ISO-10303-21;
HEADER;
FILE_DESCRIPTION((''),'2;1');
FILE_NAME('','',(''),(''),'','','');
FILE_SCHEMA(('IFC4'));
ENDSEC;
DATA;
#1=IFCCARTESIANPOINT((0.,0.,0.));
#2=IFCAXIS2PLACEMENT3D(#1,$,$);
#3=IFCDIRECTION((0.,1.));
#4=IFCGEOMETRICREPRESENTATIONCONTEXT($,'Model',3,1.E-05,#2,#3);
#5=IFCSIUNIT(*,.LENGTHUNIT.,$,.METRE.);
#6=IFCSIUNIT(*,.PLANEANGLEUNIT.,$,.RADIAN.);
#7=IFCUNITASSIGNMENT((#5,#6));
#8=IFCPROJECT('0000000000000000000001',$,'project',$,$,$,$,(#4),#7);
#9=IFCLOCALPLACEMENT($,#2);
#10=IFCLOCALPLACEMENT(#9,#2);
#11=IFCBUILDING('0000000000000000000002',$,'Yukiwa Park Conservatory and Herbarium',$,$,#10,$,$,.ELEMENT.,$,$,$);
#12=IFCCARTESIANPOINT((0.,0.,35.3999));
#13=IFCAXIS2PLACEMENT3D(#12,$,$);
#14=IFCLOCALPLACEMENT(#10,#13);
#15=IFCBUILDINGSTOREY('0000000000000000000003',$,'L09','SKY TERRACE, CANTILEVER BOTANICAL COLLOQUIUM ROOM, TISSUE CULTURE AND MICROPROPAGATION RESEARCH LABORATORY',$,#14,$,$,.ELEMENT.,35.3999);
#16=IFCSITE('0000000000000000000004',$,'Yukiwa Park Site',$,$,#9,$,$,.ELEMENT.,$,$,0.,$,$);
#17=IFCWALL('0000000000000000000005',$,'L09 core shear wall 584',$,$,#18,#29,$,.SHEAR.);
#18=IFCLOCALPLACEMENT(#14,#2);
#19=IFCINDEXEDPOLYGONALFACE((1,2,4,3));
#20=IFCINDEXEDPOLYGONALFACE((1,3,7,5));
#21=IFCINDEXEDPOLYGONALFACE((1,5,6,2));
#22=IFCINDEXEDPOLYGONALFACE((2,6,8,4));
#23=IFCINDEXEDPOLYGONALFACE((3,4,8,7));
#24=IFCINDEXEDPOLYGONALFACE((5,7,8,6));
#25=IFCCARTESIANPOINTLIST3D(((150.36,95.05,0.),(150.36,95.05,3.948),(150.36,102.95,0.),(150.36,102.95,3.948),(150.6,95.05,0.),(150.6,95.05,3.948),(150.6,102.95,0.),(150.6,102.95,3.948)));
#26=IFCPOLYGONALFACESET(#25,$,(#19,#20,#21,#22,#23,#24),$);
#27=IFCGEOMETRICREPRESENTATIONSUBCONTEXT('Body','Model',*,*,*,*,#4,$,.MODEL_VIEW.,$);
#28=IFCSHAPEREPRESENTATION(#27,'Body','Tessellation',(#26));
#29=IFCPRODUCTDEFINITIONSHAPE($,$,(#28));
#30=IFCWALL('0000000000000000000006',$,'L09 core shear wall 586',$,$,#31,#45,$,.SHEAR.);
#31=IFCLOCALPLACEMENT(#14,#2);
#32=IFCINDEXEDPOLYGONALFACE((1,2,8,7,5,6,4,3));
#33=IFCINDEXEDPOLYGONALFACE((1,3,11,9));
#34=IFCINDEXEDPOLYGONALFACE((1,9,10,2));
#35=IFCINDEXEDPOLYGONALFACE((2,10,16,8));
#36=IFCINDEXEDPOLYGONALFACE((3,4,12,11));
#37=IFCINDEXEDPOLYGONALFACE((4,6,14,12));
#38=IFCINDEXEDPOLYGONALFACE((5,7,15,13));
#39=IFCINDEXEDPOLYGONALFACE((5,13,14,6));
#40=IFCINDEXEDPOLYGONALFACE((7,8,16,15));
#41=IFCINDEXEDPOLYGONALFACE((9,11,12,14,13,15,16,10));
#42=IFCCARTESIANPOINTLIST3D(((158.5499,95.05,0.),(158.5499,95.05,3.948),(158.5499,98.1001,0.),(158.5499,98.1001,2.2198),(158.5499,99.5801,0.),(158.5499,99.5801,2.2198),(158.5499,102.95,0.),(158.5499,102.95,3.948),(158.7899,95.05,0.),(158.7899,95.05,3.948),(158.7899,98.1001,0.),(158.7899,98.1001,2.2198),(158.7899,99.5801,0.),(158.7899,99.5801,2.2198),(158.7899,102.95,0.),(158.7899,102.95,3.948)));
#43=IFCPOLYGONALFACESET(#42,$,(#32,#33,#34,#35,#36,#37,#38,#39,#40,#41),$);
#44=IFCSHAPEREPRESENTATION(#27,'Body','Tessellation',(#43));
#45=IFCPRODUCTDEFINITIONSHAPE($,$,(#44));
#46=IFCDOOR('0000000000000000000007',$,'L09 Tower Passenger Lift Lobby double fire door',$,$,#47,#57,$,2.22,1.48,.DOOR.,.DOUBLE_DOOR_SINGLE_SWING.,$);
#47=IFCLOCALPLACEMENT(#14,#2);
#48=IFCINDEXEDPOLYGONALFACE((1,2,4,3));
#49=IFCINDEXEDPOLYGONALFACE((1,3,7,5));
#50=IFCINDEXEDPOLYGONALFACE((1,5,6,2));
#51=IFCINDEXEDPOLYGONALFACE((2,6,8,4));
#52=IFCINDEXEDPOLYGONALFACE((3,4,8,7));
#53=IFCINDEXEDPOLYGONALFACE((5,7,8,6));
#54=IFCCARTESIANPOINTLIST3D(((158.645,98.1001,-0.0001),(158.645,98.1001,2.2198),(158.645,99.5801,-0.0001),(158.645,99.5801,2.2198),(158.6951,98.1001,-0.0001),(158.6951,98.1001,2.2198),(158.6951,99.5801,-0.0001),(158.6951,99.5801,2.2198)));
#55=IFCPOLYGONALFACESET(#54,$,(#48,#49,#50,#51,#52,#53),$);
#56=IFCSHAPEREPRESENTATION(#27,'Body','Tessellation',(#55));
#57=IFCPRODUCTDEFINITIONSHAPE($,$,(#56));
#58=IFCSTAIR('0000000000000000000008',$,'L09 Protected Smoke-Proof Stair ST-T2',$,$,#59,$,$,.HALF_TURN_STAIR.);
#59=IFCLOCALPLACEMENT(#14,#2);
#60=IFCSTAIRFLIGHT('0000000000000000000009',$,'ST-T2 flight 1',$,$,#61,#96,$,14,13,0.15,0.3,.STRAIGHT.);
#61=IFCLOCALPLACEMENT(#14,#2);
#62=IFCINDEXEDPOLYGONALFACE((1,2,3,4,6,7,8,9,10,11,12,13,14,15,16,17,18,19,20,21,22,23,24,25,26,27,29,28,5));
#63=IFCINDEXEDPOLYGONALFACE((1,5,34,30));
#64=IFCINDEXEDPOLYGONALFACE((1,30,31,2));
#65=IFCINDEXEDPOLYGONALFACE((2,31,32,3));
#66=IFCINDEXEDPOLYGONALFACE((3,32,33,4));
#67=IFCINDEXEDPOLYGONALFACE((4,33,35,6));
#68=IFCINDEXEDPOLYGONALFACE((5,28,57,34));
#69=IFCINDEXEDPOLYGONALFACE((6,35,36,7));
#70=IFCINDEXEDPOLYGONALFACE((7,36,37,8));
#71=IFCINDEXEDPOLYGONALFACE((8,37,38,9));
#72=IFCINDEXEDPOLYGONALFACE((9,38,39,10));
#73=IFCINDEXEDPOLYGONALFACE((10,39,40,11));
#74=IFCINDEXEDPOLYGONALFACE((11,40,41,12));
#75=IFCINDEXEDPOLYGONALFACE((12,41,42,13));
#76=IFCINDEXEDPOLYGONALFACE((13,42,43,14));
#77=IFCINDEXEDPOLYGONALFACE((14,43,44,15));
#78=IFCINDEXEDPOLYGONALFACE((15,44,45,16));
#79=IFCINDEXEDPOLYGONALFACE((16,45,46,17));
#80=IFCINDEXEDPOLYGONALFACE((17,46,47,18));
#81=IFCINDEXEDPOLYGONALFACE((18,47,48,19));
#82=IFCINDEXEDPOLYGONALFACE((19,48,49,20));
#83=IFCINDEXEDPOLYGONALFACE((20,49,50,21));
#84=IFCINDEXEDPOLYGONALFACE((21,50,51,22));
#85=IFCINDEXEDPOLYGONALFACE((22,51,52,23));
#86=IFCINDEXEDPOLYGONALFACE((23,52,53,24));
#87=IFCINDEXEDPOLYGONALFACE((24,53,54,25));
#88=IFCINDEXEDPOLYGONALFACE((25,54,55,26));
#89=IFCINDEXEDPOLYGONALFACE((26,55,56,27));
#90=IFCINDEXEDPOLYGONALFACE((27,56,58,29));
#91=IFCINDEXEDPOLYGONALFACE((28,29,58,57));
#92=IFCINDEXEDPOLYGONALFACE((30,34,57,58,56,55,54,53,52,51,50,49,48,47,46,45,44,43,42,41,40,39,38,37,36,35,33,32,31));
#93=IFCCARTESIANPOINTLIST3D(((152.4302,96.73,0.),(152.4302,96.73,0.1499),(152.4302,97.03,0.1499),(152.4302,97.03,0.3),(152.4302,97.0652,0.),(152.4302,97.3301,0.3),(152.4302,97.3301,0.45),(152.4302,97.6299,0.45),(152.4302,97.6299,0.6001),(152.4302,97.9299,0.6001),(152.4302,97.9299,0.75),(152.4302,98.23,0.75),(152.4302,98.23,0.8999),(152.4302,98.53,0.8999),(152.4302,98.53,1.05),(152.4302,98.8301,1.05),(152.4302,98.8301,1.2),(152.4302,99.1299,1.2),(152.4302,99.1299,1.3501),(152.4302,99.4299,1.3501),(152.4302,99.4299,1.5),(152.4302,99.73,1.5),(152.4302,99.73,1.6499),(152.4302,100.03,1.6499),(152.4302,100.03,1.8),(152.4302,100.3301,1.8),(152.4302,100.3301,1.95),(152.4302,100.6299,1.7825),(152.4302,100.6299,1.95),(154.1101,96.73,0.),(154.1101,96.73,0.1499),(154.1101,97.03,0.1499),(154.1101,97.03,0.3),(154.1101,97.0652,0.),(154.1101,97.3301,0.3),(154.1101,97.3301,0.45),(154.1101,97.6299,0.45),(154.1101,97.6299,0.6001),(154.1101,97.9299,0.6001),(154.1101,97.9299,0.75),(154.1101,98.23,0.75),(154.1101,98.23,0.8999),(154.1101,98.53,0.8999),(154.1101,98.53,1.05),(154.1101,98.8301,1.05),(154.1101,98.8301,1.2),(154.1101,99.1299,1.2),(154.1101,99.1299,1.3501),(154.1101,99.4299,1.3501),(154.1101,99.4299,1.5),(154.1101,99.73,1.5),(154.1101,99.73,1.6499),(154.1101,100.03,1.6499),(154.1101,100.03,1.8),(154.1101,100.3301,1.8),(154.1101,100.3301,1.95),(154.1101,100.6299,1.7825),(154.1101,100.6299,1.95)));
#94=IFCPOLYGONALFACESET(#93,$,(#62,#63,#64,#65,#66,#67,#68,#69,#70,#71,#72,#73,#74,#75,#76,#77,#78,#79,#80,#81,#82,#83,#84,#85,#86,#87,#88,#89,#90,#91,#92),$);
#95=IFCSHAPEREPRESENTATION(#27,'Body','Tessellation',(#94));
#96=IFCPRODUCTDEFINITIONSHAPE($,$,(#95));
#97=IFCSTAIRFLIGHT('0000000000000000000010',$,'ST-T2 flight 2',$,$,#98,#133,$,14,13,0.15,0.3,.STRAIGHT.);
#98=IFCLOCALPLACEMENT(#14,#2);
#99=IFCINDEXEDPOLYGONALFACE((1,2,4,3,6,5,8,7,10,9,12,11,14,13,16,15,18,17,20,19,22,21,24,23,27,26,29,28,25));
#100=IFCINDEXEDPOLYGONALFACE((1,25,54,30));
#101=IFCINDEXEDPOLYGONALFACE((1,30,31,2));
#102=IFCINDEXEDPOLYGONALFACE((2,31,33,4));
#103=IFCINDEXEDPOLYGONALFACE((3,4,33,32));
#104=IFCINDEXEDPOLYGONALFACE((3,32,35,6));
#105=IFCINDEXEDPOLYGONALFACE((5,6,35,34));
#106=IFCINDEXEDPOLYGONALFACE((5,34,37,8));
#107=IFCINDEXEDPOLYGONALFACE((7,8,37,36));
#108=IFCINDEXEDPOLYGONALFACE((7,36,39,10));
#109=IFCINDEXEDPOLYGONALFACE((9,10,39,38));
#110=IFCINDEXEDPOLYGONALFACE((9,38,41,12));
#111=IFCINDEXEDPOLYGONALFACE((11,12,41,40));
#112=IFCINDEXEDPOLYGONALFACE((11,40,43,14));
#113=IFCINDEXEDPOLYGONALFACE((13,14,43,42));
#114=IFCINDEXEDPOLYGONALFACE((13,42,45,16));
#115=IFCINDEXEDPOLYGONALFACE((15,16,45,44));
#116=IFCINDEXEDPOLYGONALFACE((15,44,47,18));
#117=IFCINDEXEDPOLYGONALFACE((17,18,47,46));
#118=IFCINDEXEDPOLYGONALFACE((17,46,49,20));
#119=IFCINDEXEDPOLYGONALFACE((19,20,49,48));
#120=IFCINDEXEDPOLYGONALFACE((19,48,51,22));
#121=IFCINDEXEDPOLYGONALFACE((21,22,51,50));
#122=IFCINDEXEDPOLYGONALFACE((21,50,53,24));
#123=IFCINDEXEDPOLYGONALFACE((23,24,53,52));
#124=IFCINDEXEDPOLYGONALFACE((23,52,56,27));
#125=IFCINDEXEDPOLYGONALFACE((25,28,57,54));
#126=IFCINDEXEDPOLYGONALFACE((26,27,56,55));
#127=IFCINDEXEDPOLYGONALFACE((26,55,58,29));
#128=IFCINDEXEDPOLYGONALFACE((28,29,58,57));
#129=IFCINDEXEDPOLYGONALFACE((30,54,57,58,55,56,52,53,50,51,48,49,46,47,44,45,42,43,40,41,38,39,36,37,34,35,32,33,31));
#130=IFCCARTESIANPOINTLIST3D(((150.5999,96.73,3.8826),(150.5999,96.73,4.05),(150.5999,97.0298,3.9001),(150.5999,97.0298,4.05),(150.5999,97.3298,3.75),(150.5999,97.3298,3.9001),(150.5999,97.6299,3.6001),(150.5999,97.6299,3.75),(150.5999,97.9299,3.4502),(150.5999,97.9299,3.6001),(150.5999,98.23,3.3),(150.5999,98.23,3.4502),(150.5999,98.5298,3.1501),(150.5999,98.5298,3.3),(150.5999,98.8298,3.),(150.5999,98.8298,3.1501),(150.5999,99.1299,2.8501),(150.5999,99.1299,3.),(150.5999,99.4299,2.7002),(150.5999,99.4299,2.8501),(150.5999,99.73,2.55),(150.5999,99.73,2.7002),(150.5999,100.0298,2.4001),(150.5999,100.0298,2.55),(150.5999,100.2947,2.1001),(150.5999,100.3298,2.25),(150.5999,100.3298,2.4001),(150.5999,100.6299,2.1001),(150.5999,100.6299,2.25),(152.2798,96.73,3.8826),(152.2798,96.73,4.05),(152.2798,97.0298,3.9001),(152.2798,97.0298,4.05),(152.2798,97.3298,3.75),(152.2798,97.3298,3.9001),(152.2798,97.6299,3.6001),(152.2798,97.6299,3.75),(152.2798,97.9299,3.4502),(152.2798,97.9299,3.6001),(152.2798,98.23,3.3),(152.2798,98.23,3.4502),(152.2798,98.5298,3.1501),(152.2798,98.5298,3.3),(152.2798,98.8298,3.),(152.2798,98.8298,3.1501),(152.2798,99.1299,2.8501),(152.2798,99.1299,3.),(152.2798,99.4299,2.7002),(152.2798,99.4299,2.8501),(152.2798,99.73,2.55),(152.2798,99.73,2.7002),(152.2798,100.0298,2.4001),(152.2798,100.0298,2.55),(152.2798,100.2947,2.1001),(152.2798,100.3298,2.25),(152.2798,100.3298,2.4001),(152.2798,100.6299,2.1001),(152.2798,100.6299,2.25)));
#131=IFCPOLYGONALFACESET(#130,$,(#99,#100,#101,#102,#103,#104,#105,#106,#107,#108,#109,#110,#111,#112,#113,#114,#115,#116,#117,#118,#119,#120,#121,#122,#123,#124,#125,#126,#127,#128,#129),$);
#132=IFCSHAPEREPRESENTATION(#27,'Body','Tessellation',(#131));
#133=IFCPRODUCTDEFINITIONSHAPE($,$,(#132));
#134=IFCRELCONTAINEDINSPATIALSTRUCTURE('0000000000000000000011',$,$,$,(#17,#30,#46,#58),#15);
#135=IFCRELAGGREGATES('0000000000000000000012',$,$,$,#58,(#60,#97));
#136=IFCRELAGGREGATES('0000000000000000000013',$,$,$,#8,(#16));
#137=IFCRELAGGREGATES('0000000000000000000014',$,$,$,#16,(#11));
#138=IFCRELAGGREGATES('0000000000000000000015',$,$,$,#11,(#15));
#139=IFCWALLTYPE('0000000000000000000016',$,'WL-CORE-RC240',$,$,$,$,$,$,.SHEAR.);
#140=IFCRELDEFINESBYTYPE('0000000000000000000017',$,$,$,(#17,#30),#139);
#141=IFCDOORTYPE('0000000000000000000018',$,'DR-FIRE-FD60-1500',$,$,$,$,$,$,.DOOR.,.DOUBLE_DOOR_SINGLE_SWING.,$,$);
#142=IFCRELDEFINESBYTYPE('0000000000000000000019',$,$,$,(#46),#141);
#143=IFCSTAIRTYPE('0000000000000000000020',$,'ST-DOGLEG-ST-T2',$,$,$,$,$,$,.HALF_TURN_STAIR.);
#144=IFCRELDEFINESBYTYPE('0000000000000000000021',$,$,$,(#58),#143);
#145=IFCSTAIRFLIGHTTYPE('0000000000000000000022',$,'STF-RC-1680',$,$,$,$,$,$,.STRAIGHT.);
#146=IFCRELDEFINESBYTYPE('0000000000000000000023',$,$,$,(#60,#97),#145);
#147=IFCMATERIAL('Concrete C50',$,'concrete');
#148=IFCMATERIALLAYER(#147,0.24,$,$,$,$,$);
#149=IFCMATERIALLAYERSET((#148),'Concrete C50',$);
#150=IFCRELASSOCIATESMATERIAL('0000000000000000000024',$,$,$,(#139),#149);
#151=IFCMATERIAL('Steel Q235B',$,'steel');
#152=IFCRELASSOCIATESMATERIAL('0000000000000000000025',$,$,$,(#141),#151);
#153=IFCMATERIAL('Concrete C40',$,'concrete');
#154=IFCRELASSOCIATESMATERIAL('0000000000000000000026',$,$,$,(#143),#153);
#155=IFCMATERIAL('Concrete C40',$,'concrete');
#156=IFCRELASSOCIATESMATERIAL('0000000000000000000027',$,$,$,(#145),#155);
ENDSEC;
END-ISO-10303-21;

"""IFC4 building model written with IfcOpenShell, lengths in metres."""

from ifc_helpers import new_model, si_unit, direction, frame, frame_2d, origin, place, context, subcontext, project, spatial, polyline, rectangle, outline, extrude, material, layer, layer_set, type_object, element, fill, aggregate, save


model = new_model("IFC4")

# Units and contexts
model_context = context("Model", 3, precision=1e-05, world=origin(), true_north=direction((0.0, 1.0)))
body_context = subcontext(model_context, "Body", "Model", "MODEL_VIEW")
ifc_project = project(units=[si_unit("LENGTHUNIT", "METRE"), si_unit("PLANEANGLEUNIT", "RADIAN")], contexts=[model_context])

# Site, building, storey
site_placement = place(None, origin())
site = spatial("IfcSite", under=ifc_project, at=site_placement, Name="Yukiwa Park Site", CompositionType="ELEMENT", RefElevation=0.0)
building_placement = place(site_placement, origin())
building = spatial("IfcBuilding", under=site, at=building_placement, Name="Yukiwa Park Conservatory and Herbarium", CompositionType="ELEMENT")
storey_placement = place(building_placement, frame((0.0, 0.0, 35.3999)))
storey = spatial("IfcBuildingStorey", under=building, at=storey_placement, Name="L09", Description="SKY TERRACE, CANTILEVER BOTANICAL COLLOQUIUM ROOM, TISSUE CULTURE AND MICROPROPAGATION RESEARCH LABORATORY", CompositionType="ELEMENT", Elevation=35.3999)

# Shared definitions
ifc_material_1 = material(Name="Concrete C50", Category="concrete")
ifc_layer_1 = layer(ifc_material_1, 0.24)
ifc_layer_set_1 = layer_set([ifc_layer_1], Name="Concrete C50")
wall_type_1 = type_object("IfcWallType", Name="WL-CORE-RC240", PredefinedType="SHEAR", material=ifc_layer_set_1)

# Wall
wall_1_placement = place(storey_placement, frame((150.48, 95.05, 0.0), z_axis=(0.0, 0.0, 1.0), x_axis=(0.0, 1.0, 0.0)))
element("IfcWall", 1, at=wall_1_placement, inside=storey, type_object=wall_type_1, Name="L09 core shear wall 584", PredefinedType="SHEAR", context=body_context, shape_type="SweptSolid", body=[
    extrude(rectangle(XDim=7.8999, YDim=0.24, at=frame_2d((3.95, 0.0))), origin(), (0.0, 0.0, 1.0), 3.948),
])

# Wall, opening, door
wall_2_placement = place(storey_placement, frame((158.6699, 95.05, 0.0), z_axis=(0.0, 0.0, 1.0), x_axis=(0.0, 1.0, 0.0)))
wall_2 = element("IfcWall", 2, at=wall_2_placement, inside=storey, type_object=wall_type_1, Name="L09 core shear wall 586", PredefinedType="SHEAR", context=body_context, shape_type="SweptSolid", body=[
    extrude(rectangle(XDim=7.8999, YDim=0.24, at=frame_2d((3.95, 0.0))), origin(), (0.0, 0.0, 1.0), 3.948),
])
opening_1_placement = place(wall_2_placement, frame((3.05, 0.0, 0.0)))
opening_1 = element("IfcOpeningElement", 3, at=opening_1_placement, cuts=wall_2, PredefinedType="OPENING", context=body_context, shape_type="SweptSolid", body=[
    extrude(rectangle(XDim=1.48, YDim=2.22, at=frame_2d((0.74, 1.1099))), frame((0.0, 0.1299, 0.0), z_axis=(0.0, -1.0, 0.0), x_axis=(1.0, 0.0, 0.0)), (0.0, 0.0, 1.0), 0.26),
])
ifc_material_2 = material(Name="Steel Q235B", Category="steel")
door_type_1 = type_object("IfcDoorType", Name="DR-FIRE-FD60-1500", OperationType="DOUBLE_DOOR_SINGLE_SWING", PredefinedType="DOOR", material=ifc_material_2)
door_1_placement = place(opening_1_placement, origin())
door_1 = element("IfcDoor", 4, at=door_1_placement, inside=storey, type_object=door_type_1, Name="L09 Tower Passenger Lift Lobby double fire door", OperationType="DOUBLE_DOOR_SINGLE_SWING", OverallHeight=2.22, OverallWidth=1.48, PredefinedType="DOOR", context=body_context, shape_type="SweptSolid", body=[
    extrude(rectangle(XDim=1.48, YDim=2.22, at=frame_2d((0.74, 1.1099))), frame((0.0, 0.0249, 0.0), z_axis=(0.0, -1.0, 0.0), x_axis=(1.0, 0.0, 0.0)), (0.0, 0.0, 1.0), 0.05),
])
fill(opening_1, door_1)

# Stair, stair flights
ifc_material_3 = material(Name="Concrete C40", Category="concrete")
stair_type = type_object("IfcStairType", Name="ST-DOGLEG-ST-T2", PredefinedType="HALF_TURN_STAIR", material=ifc_material_3)
stair_placement = place(storey_placement, origin())
stair = element("IfcStair", 5, at=stair_placement, inside=storey, type_object=stair_type, Name="L09 Protected Smoke-Proof Stair ST-T2", PredefinedType="HALF_TURN_STAIR")
ifc_material_4 = material(Name="Concrete C40", Category="concrete")
stair_flight_type = type_object("IfcStairFlightType", Name="STF-RC-1680", PredefinedType="STRAIGHT", material=ifc_material_4)
stair_flight_1_placement = place(storey_placement, frame((153.27, 96.73, 0.0), z_axis=(0.0, 0.0, 1.0), x_axis=(0.0, 1.0, 0.0)))
stair_flight_1 = element("IfcStairFlight", 6, at=stair_flight_1_placement, type_object=stair_flight_type, Name="ST-T2 flight 1", NumberOfRisers=14, NumberOfTreads=13, PredefinedType="STRAIGHT", RiserHeight=0.15, TreadLength=0.3, context=body_context, shape_type="SweptSolid", body=[
    extrude(outline(polyline([(0.0, 0.0), (0.0, 0.1499), (0.3, 0.1499), (0.3, 0.3), (0.6001, 0.3), (0.6001, 0.45), (0.8999, 0.45), (0.8999, 0.6001), (1.2, 0.6001), (1.2, 0.75), (1.5, 0.75), (1.5, 0.8999), (1.8, 0.8999), (1.8, 1.05), (2.1001, 1.05), (2.1001, 1.2), (2.3999, 1.2), (2.3999, 1.3501), (2.7, 1.3501), (2.7, 1.5), (3.0, 1.5), (3.0, 1.6499), (3.3, 1.6499), (3.3, 1.8), (3.6001, 1.8), (3.6001, 1.95), (3.8999, 1.95), (3.8999, 2.1001), (3.8999, 1.7825), (0.3352, 0.0), (0.0, 0.0)])), frame((0.0, 0.8398, 0.0), z_axis=(0.0, -1.0, 0.0), x_axis=(1.0, 0.0, 0.0)), (0.0, 0.0, 1.0), 1.6799),
])
stair_flight_2_placement = place(storey_placement, frame((151.4399, 100.6299, 2.1001), z_axis=(0.0, 0.0, 1.0), x_axis=(0.0, -1.0, 0.0)))
stair_flight_2 = element("IfcStairFlight", 7, at=stair_flight_2_placement, type_object=stair_flight_type, Name="ST-T2 flight 2", NumberOfRisers=14, NumberOfTreads=13, PredefinedType="STRAIGHT", RiserHeight=0.15, TreadLength=0.3, context=body_context, shape_type="SweptSolid", body=[
    extrude(outline(polyline([(0.0, 0.0), (0.0, 0.1499), (0.3, 0.1499), (0.3, 0.3), (0.6001, 0.3), (0.6001, 0.45), (0.8999, 0.45), (0.8999, 0.6001), (1.2, 0.6001), (1.2, 0.75), (1.5, 0.75), (1.5, 0.8999), (1.8, 0.8999), (1.8, 1.05), (2.1001, 1.05), (2.1001, 1.2), (2.3999, 1.2), (2.3999, 1.3501), (2.7, 1.3501), (2.7, 1.5), (3.0, 1.5), (3.0, 1.6499), (3.3, 1.6499), (3.3, 1.8), (3.6001, 1.8), (3.6001, 1.95), (3.8999, 1.95), (3.8999, 2.1001), (3.8999, 1.7825), (0.3352, 0.0), (0.0, 0.0)])), frame((0.0, 0.8398, 0.0), z_axis=(0.0, -1.0, 0.0), x_axis=(1.0, 0.0, 0.0)), (0.0, 0.0, 1.0), 1.6799),
])
aggregate(stair, [stair_flight_1, stair_flight_2])

save(model, "model.ifc")
